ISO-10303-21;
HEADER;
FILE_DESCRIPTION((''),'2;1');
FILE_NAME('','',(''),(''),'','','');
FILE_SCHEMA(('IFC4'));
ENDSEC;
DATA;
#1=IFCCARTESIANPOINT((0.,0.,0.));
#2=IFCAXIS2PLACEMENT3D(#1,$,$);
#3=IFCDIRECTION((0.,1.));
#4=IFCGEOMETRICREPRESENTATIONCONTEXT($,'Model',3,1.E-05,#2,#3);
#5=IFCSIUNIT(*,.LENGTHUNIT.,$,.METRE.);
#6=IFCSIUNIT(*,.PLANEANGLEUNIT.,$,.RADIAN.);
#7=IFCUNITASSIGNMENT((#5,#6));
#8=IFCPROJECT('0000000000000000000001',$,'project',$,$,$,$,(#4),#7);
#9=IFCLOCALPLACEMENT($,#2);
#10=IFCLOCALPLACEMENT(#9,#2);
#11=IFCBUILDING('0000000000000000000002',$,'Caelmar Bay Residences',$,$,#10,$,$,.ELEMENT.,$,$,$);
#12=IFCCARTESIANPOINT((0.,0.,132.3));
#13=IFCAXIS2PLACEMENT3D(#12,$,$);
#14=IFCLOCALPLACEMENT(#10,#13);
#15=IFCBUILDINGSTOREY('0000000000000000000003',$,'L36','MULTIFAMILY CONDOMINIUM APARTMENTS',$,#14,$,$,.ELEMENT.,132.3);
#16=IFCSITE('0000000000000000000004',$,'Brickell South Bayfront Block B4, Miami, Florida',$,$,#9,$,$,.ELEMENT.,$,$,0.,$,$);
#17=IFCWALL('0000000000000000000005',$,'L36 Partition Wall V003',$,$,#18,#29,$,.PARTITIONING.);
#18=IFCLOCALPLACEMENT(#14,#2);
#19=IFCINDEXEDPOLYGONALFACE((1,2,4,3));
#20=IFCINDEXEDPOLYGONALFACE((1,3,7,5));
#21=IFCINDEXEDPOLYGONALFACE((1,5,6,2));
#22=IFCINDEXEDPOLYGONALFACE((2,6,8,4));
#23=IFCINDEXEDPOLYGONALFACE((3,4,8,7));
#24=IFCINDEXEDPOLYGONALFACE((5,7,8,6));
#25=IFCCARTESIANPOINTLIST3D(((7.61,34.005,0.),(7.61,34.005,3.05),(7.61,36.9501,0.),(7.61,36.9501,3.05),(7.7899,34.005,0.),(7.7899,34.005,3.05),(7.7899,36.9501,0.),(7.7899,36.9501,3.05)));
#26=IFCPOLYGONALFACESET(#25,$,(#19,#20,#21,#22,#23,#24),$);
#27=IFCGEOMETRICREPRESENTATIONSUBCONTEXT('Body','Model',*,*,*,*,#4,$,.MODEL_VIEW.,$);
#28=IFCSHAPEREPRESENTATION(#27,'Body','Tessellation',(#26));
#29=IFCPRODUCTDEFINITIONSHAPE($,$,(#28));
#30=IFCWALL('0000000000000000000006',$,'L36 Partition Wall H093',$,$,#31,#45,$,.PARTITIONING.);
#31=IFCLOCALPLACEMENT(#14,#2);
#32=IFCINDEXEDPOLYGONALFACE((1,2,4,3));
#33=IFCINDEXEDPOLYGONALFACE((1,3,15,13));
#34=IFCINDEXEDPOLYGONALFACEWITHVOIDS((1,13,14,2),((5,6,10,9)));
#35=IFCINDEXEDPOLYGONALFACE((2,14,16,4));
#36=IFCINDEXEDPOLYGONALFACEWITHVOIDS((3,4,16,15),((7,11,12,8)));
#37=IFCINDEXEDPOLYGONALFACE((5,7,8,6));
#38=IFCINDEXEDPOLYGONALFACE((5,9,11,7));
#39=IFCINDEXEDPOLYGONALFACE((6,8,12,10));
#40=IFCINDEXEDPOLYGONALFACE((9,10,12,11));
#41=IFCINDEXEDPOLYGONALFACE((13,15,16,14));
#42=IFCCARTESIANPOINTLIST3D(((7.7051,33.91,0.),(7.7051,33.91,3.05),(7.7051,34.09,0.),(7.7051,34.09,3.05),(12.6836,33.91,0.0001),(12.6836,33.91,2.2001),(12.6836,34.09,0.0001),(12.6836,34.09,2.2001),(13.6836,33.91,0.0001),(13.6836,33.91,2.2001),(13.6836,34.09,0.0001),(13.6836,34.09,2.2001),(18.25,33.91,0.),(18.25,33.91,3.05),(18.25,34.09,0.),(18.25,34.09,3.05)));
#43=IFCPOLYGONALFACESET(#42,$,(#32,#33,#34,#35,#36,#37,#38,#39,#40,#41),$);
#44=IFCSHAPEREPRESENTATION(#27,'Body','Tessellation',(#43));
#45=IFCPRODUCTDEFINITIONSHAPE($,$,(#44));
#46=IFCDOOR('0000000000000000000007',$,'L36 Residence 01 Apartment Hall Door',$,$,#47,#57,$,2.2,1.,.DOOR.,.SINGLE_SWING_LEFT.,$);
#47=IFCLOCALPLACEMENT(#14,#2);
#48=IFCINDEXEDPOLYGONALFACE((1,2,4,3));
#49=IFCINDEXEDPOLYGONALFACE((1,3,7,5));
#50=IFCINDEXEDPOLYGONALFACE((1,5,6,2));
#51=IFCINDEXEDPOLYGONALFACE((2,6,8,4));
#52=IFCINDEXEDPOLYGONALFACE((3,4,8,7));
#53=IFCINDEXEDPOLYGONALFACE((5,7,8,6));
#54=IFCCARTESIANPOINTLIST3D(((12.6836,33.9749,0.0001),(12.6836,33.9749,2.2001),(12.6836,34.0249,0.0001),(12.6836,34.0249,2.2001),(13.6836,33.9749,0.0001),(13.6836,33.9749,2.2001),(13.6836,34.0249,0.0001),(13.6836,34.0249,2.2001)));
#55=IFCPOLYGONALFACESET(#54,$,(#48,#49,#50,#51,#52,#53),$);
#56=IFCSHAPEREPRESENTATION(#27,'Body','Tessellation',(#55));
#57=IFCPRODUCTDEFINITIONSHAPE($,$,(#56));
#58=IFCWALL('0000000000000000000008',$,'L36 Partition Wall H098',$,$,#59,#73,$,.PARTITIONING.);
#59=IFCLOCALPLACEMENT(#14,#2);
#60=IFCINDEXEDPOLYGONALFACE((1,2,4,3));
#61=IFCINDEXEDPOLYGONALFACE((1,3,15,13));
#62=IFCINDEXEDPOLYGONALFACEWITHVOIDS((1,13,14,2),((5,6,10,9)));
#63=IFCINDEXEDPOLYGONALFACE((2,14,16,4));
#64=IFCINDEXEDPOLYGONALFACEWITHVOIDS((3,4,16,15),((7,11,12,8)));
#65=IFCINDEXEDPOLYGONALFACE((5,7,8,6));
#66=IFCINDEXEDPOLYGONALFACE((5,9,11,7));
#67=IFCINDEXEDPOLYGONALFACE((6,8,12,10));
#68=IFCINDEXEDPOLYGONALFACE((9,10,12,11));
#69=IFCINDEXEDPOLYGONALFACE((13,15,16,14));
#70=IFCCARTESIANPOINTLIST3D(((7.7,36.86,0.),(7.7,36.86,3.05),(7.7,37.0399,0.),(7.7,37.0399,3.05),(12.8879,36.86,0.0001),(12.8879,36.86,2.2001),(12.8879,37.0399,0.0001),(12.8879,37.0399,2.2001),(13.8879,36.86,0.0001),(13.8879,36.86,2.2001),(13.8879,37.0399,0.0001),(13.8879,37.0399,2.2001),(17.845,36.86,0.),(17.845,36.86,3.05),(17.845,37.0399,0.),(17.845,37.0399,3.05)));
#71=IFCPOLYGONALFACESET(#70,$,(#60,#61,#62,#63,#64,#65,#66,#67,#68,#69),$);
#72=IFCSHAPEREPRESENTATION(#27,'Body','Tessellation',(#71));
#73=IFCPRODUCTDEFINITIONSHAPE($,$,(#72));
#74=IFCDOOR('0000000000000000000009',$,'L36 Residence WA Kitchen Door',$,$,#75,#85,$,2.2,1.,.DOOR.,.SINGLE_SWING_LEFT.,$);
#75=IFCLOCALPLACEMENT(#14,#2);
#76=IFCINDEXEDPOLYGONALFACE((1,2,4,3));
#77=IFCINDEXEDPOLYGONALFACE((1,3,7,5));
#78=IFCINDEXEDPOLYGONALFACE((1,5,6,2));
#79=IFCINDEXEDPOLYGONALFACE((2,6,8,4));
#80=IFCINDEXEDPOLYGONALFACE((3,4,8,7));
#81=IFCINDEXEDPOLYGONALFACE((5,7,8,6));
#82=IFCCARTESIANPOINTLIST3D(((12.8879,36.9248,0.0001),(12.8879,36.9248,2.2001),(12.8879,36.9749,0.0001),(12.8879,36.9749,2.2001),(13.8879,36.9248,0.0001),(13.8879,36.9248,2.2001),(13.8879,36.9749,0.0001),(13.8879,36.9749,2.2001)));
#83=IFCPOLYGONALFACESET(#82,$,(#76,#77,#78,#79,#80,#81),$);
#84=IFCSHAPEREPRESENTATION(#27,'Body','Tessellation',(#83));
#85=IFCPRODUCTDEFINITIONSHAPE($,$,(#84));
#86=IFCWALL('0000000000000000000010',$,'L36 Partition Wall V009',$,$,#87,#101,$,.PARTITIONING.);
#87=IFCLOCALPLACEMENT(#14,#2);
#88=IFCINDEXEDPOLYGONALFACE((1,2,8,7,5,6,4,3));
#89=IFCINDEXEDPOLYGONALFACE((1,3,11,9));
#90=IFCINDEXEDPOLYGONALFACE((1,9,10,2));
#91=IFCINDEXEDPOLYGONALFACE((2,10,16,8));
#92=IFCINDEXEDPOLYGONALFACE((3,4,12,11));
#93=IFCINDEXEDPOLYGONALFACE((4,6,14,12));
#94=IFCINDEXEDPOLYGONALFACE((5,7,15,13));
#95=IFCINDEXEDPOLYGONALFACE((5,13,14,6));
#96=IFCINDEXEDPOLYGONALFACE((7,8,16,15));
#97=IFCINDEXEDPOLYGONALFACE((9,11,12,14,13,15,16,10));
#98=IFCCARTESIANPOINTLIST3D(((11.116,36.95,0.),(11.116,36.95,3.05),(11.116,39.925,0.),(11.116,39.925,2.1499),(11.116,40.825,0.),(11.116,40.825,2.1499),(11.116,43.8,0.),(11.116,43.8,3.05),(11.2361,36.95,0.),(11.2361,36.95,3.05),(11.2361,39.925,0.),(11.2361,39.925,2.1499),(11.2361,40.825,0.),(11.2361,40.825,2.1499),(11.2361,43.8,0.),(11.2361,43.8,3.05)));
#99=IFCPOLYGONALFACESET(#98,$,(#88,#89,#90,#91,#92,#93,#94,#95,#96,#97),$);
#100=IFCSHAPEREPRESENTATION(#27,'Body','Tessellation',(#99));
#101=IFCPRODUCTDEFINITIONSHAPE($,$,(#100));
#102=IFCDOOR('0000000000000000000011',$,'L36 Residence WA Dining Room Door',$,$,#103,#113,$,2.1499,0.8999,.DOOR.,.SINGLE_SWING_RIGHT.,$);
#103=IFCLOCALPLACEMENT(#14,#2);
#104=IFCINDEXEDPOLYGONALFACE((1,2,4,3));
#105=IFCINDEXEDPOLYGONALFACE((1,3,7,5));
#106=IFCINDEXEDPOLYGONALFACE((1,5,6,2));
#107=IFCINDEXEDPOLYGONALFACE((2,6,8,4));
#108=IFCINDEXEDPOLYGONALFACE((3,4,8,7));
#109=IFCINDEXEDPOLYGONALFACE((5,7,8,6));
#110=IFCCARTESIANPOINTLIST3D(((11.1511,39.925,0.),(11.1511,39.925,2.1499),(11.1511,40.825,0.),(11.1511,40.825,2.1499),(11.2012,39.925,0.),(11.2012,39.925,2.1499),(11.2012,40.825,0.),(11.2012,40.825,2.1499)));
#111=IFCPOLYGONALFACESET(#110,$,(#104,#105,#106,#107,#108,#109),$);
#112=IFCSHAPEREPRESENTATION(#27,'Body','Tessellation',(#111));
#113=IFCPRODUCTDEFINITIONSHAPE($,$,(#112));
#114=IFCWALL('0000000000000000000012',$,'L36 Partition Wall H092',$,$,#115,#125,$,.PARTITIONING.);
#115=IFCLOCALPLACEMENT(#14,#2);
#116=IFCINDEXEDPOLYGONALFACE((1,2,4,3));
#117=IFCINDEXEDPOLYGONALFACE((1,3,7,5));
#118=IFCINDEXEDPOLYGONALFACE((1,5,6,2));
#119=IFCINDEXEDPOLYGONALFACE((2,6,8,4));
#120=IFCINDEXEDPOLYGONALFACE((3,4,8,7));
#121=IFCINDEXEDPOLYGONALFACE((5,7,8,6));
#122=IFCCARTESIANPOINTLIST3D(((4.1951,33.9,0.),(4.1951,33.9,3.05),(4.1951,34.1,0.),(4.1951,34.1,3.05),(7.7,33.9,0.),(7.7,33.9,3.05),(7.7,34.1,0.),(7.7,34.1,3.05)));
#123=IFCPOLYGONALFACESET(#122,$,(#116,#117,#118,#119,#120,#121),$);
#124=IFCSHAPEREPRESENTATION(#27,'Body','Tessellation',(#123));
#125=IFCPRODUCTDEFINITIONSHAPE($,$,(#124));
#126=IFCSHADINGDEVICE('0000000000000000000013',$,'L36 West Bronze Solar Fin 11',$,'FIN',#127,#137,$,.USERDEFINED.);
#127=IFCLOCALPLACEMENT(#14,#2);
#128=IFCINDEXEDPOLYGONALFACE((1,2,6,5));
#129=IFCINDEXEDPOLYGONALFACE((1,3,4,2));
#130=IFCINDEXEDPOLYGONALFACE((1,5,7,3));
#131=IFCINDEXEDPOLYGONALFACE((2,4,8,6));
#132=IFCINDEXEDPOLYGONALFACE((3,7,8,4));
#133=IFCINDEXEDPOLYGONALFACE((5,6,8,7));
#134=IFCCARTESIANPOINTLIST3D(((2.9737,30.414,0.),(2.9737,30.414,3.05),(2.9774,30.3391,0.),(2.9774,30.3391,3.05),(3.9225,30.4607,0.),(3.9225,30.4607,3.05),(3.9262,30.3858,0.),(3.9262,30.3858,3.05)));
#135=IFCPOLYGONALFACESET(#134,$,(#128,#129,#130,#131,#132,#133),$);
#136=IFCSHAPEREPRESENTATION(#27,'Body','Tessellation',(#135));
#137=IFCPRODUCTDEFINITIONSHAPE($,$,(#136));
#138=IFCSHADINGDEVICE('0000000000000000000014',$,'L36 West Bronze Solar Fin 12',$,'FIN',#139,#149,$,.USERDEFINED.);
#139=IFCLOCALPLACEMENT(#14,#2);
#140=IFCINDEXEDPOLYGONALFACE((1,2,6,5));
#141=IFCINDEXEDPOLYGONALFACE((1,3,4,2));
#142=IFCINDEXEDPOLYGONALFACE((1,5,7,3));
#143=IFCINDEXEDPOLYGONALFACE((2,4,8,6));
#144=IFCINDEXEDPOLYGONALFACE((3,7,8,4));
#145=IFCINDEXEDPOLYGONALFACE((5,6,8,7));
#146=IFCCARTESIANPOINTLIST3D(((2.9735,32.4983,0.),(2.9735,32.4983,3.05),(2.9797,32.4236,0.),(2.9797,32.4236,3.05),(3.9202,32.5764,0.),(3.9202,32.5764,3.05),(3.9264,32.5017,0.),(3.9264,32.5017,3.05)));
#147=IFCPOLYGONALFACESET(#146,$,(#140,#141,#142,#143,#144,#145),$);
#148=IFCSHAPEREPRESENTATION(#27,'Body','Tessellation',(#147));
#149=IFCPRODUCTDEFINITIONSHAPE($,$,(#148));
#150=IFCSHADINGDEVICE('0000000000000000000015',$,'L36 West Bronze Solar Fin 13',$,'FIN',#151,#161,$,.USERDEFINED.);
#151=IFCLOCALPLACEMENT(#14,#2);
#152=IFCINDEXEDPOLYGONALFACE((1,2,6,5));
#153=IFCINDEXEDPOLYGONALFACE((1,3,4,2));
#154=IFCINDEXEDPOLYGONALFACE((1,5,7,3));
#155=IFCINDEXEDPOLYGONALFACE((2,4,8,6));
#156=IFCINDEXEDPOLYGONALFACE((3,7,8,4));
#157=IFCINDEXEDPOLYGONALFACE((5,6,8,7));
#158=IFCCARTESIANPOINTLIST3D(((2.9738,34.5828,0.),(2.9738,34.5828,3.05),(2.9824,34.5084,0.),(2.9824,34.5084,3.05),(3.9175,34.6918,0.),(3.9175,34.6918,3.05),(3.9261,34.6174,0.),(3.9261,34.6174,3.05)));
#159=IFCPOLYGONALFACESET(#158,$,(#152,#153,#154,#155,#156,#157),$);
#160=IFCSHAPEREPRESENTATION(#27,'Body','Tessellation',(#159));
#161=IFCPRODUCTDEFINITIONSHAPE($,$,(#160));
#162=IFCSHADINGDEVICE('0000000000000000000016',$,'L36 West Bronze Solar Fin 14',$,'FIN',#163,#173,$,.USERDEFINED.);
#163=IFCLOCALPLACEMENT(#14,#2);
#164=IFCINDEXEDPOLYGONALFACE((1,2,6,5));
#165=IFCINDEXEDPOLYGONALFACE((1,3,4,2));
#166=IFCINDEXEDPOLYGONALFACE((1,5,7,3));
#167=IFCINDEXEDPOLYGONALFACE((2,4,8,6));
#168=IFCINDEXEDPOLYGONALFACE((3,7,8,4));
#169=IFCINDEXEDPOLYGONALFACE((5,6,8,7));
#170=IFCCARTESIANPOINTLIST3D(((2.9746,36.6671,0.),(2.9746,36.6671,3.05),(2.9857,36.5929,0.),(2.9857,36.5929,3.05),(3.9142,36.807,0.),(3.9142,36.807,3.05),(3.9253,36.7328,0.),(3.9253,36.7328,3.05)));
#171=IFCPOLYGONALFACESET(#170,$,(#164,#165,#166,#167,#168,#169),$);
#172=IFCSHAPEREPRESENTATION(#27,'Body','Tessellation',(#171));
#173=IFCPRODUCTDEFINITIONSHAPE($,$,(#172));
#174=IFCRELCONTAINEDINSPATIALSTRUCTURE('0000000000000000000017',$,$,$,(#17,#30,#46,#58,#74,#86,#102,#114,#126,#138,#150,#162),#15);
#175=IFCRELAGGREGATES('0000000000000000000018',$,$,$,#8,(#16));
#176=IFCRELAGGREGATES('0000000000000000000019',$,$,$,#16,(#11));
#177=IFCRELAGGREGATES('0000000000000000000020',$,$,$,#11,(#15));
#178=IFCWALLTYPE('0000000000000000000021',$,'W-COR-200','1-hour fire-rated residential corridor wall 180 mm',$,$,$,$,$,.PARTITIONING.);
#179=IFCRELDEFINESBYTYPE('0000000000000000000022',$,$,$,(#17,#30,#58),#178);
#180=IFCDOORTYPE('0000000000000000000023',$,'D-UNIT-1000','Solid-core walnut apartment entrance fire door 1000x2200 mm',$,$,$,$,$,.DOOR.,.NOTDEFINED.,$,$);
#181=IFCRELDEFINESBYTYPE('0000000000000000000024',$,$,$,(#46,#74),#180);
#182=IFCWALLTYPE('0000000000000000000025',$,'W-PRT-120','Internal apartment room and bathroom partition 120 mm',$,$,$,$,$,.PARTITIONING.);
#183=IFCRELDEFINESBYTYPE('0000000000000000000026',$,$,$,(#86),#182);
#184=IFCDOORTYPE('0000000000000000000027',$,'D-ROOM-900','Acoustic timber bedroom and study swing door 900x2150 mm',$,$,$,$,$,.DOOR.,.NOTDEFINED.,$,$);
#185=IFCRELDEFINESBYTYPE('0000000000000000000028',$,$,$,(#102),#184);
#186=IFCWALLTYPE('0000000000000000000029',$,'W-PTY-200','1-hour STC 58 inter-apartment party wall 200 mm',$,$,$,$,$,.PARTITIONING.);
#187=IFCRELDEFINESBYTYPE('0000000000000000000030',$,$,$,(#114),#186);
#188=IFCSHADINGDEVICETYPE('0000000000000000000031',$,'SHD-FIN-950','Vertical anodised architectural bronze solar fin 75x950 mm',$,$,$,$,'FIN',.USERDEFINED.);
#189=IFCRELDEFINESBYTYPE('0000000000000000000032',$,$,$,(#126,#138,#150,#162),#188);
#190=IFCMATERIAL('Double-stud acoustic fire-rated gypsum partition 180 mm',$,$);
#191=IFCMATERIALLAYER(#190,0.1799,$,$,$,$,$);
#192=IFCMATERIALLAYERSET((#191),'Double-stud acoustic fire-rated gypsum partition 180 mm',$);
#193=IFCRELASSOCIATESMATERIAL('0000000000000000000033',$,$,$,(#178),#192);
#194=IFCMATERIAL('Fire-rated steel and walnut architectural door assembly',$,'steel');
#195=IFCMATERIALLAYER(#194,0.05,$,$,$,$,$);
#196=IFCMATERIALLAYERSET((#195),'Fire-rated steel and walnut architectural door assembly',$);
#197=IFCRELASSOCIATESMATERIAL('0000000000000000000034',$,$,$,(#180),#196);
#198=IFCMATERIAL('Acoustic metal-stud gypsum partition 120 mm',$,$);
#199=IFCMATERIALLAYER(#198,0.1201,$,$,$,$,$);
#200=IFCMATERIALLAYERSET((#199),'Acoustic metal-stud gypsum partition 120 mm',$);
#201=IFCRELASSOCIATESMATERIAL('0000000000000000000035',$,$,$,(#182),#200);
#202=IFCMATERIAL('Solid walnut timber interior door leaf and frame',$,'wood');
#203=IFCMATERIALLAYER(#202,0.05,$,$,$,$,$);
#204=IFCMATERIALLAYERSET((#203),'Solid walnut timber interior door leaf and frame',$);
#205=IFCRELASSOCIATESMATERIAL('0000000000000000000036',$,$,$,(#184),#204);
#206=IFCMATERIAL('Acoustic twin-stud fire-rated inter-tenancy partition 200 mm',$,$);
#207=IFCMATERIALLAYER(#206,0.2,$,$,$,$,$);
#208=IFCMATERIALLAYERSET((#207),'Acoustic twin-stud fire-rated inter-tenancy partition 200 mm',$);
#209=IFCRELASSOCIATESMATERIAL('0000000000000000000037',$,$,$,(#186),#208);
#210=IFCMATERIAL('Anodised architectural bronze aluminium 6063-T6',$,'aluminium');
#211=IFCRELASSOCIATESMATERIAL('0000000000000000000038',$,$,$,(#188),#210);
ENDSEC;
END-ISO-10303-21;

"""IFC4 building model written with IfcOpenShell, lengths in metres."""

from ifc_helpers import new_model, si_unit, direction, frame, frame_2d, origin, origin_2d, place, context, subcontext, project, spatial, rectangle, extrude, material, layer, layer_set, material_profile, profile_set, type_object, element, fill, save


model = new_model("IFC4")

# Units and contexts
model_context = context("Model", 3, precision=1e-05, world=origin(), true_north=direction((0.0, 1.0)))
body_context = subcontext(model_context, "Body", "Model", "MODEL_VIEW")
ifc_project = project(units=[si_unit("LENGTHUNIT", "METRE"), si_unit("PLANEANGLEUNIT", "RADIAN")], contexts=[model_context])

# Site, building, storey
site_placement = place(None, origin())
site = spatial("IfcSite", under=ifc_project, at=site_placement, Name="Brickell South Bayfront Block B4, Miami, Florida", CompositionType="ELEMENT", RefElevation=0.0)
building_placement = place(site_placement, origin())
building = spatial("IfcBuilding", under=site, at=building_placement, Name="Caelmar Bay Residences", CompositionType="ELEMENT")
storey_placement = place(building_placement, frame((0.0, 0.0, 132.3)))
storey = spatial("IfcBuildingStorey", under=building, at=storey_placement, Name="L36", Description="MULTIFAMILY CONDOMINIUM APARTMENTS", CompositionType="ELEMENT", Elevation=132.3)

# Wall
ifc_material_1 = material(Name="Double-stud acoustic fire-rated gypsum partition 180 mm")
ifc_layer_1 = layer(ifc_material_1, 0.1799)
ifc_layer_set_1 = layer_set([ifc_layer_1], Name="Double-stud acoustic fire-rated gypsum partition 180 mm")
wall_type_1 = type_object("IfcWallType", Name="W-COR-200", Description="1-hour fire-rated residential corridor wall 180 mm", PredefinedType="PARTITIONING", material=ifc_layer_set_1)
wall_1_placement = place(storey_placement, frame((7.7, 34.0049, 0.0), z_axis=(0.0, 0.0, 1.0), x_axis=(0.0, 1.0, 0.0)))
element("IfcWall", 1, at=wall_1_placement, inside=storey, type_object=wall_type_1, Name="L36 Partition Wall V003", PredefinedType="PARTITIONING", context=body_context, shape_type="SweptSolid", body=[
    extrude(rectangle(XDim=2.9451, YDim=0.1799, at=frame_2d((1.4727, 0.0))), origin(), (0.0, 0.0, 1.0), 3.05),
])

# Walls, openings, doors
wall_2_placement = place(storey_placement, frame((7.7051, 34.0, 0.0), z_axis=(0.0, 0.0, 1.0), x_axis=(1.0, 0.0, 0.0)))
wall_2 = element("IfcWall", 2, at=wall_2_placement, inside=storey, type_object=wall_type_1, Name="L36 Partition Wall H093", PredefinedType="PARTITIONING", context=body_context, shape_type="SweptSolid", body=[
    extrude(rectangle(XDim=10.5449, YDim=0.1799, at=frame_2d((5.2725, 0.0))), origin(), (0.0, 0.0, 1.0), 3.05),
])
opening_1_placement = place(wall_2_placement, frame((4.9785, 0.0, 0.0)))
opening_1 = element("IfcOpeningElement", 3, at=opening_1_placement, cuts=wall_2, PredefinedType="OPENING", context=body_context, shape_type="SweptSolid", body=[
    extrude(rectangle(XDim=1.0, YDim=2.2, at=frame_2d((0.5, 1.1001))), frame((0.0, 0.0999, 0.0), z_axis=(0.0, -1.0, 0.0), x_axis=(1.0, 0.0, 0.0)), (0.0, 0.0, 1.0), 0.2),
])
ifc_material_2 = material(Name="Fire-rated steel and walnut architectural door assembly", Category="steel")
ifc_layer_2 = layer(ifc_material_2, 0.05)
ifc_layer_set_2 = layer_set([ifc_layer_2], Name="Fire-rated steel and walnut architectural door assembly")
door_type_1 = type_object("IfcDoorType", Name="D-UNIT-1000", Description="Solid-core walnut apartment entrance fire door 1000x2200 mm", OperationType="NOTDEFINED", PredefinedType="DOOR", material=ifc_layer_set_2)
door_1_placement = place(opening_1_placement, origin())
door_1 = element("IfcDoor", 4, at=door_1_placement, inside=storey, type_object=door_type_1, Name="L36 Residence 01 Apartment Hall Door", OperationType="SINGLE_SWING_LEFT", OverallHeight=2.2, OverallWidth=1.0, PredefinedType="DOOR", context=body_context, shape_type="SweptSolid", body=[
    extrude(rectangle(XDim=1.0, YDim=2.2, at=frame_2d((0.5, 1.1001))), frame((0.0, 0.0249, 0.0), z_axis=(0.0, -1.0, 0.0), x_axis=(1.0, 0.0, 0.0)), (0.0, 0.0, 1.0), 0.05),
])
fill(opening_1, door_1)
wall_3_placement = place(storey_placement, frame((7.7, 36.95, 0.0), z_axis=(0.0, 0.0, 1.0), x_axis=(1.0, 0.0, 0.0)))
wall_3 = element("IfcWall", 5, at=wall_3_placement, inside=storey, type_object=wall_type_1, Name="L36 Partition Wall H098", PredefinedType="PARTITIONING", context=body_context, shape_type="SweptSolid", body=[
    extrude(rectangle(XDim=10.145, YDim=0.1799, at=frame_2d((5.0725, 0.0))), origin(), (0.0, 0.0, 1.0), 3.05),
])
opening_2_placement = place(wall_3_placement, frame((5.188, 0.0, 0.0)))
opening_2 = element("IfcOpeningElement", 6, at=opening_2_placement, cuts=wall_3, PredefinedType="OPENING", context=body_context, shape_type="SweptSolid", body=[
    extrude(rectangle(XDim=1.0, YDim=2.2, at=frame_2d((0.5, 1.1001))), frame((0.0, 0.0999, 0.0), z_axis=(0.0, -1.0, 0.0), x_axis=(1.0, 0.0, 0.0)), (0.0, 0.0, 1.0), 0.2),
])
door_2_placement = place(opening_2_placement, origin())
door_2 = element("IfcDoor", 7, at=door_2_placement, inside=storey, type_object=door_type_1, Name="L36 Residence WA Kitchen Door", OperationType="SINGLE_SWING_LEFT", OverallHeight=2.2, OverallWidth=1.0, PredefinedType="DOOR", context=body_context, shape_type="SweptSolid", body=[
    extrude(rectangle(XDim=1.0, YDim=2.2, at=frame_2d((0.5, 1.1001))), frame((0.0, 0.0249, 0.0), z_axis=(0.0, -1.0, 0.0), x_axis=(1.0, 0.0, 0.0)), (0.0, 0.0, 1.0), 0.05),
])
fill(opening_2, door_2)
ifc_material_3 = material(Name="Acoustic metal-stud gypsum partition 120 mm")
ifc_layer_3 = layer(ifc_material_3, 0.1201)
ifc_layer_set_3 = layer_set([ifc_layer_3], Name="Acoustic metal-stud gypsum partition 120 mm")
wall_type_2 = type_object("IfcWallType", Name="W-PRT-120", Description="Internal apartment room and bathroom partition 120 mm", PredefinedType="PARTITIONING", material=ifc_layer_set_3)
wall_4_placement = place(storey_placement, frame((11.176, 36.95, 0.0), z_axis=(0.0, 0.0, 1.0), x_axis=(0.0, 1.0, 0.0)))
wall_4 = element("IfcWall", 8, at=wall_4_placement, inside=storey, type_object=wall_type_2, Name="L36 Partition Wall V009", PredefinedType="PARTITIONING", context=body_context, shape_type="SweptSolid", body=[
    extrude(rectangle(XDim=6.8501, YDim=0.1201, at=frame_2d((3.425, 0.0))), origin(), (0.0, 0.0, 1.0), 3.05),
])
opening_3_placement = place(wall_4_placement, frame((2.9751, 0.0, 0.0)))
opening_3 = element("IfcOpeningElement", 9, at=opening_3_placement, cuts=wall_4, PredefinedType="OPENING", context=body_context, shape_type="SweptSolid", body=[
    extrude(rectangle(XDim=0.8999, YDim=2.1499, at=frame_2d((0.45, 1.075))), frame((0.0, 0.0701, 0.0), z_axis=(0.0, -1.0, 0.0), x_axis=(1.0, 0.0, 0.0)), (0.0, 0.0, 1.0), 0.1401),
])
ifc_material_4 = material(Name="Solid walnut timber interior door leaf and frame", Category="wood")
ifc_layer_4 = layer(ifc_material_4, 0.05)
ifc_layer_set_4 = layer_set([ifc_layer_4], Name="Solid walnut timber interior door leaf and frame")
door_type_2 = type_object("IfcDoorType", Name="D-ROOM-900", Description="Acoustic timber bedroom and study swing door 900x2150 mm", OperationType="NOTDEFINED", PredefinedType="DOOR", material=ifc_layer_set_4)
door_3_placement = place(opening_3_placement, origin())
door_3 = element("IfcDoor", 10, at=door_3_placement, inside=storey, type_object=door_type_2, Name="L36 Residence WA Dining Room Door", OperationType="SINGLE_SWING_RIGHT", OverallHeight=2.1499, OverallWidth=0.8999, PredefinedType="DOOR", context=body_context, shape_type="SweptSolid", body=[
    extrude(rectangle(XDim=0.8999, YDim=2.1499, at=frame_2d((0.45, 1.075))), frame((0.0, 0.0249, 0.0), z_axis=(0.0, -1.0, 0.0), x_axis=(1.0, 0.0, 0.0)), (0.0, 0.0, 1.0), 0.05),
])
fill(opening_3, door_3)

# Wall
ifc_material_5 = material(Name="Acoustic twin-stud fire-rated inter-tenancy partition 200 mm")
ifc_layer_5 = layer(ifc_material_5, 0.2)
ifc_layer_set_5 = layer_set([ifc_layer_5], Name="Acoustic twin-stud fire-rated inter-tenancy partition 200 mm")
wall_type_3 = type_object("IfcWallType", Name="W-PTY-200", Description="1-hour STC 58 inter-apartment party wall 200 mm", PredefinedType="PARTITIONING", material=ifc_layer_set_5)
wall_5_placement = place(storey_placement, frame((4.1951, 34.0, 0.0), z_axis=(0.0, 0.0, 1.0), x_axis=(1.0, 0.0, 0.0)))
element("IfcWall", 11, at=wall_5_placement, inside=storey, type_object=wall_type_3, Name="L36 Partition Wall H092", PredefinedType="PARTITIONING", context=body_context, shape_type="SweptSolid", body=[
    extrude(rectangle(XDim=3.5049, YDim=0.2, at=frame_2d((1.7524, 0.0))), origin(), (0.0, 0.0, 1.0), 3.05),
])

# Shading devices
ifc_material_6 = material(Name="Anodised architectural bronze aluminium 6063-T6", Category="aluminium")
ifc_material_profile_1 = material_profile(ifc_material_6, rectangle(XDim=0.075, YDim=0.95, at=origin_2d()), Name="BRONZE-FIN-75X950")
ifc_profile_set_1 = profile_set([ifc_material_profile_1], Name="Anodised architectural bronze aluminium 6063-T6")
shading_device_type = type_object("IfcShadingDeviceType", Name="SHD-FIN-950", Description="Vertical anodised architectural bronze solar fin 75x950 mm", ElementType="FIN", PredefinedType="USERDEFINED", material=ifc_profile_set_1)
for number, where, z_axis, x_axis, name in (
    (12, (3.45, 30.3999, 0.0), (0.0, 0.0, 1.0), (-0.049198, 0.998789, 0.0), "L36 West Bronze Solar Fin 11"),
    (13, (3.45, 32.5, 0.0), (0.0, 0.0, 1.0), (-0.082112, 0.996623, 0.0), "L36 West Bronze Solar Fin 12"),
    (14, (3.45, 34.6001, 0.0), (0.0, 0.0, 1.0), (-0.114764, 0.993393, 0.0), "L36 West Bronze Solar Fin 13"),
    (15, (3.45, 36.7, 0.0), (0.0, 0.0, 1.0), (-0.147292, 0.989093, 0.0), "L36 West Bronze Solar Fin 14"),
):
    element("IfcShadingDevice", number, at=place(storey_placement, frame(where, z_axis=z_axis, x_axis=x_axis)), inside=storey, type_object=shading_device_type, Name=name, ObjectType="FIN", PredefinedType="USERDEFINED", context=body_context, shape_type="SweptSolid", body=[
        extrude(rectangle(XDim=0.075, YDim=0.95, at=origin_2d()), origin(), (0.0, 0.0, 1.0), 3.05),
    ])

save(model, "model.ifc")
